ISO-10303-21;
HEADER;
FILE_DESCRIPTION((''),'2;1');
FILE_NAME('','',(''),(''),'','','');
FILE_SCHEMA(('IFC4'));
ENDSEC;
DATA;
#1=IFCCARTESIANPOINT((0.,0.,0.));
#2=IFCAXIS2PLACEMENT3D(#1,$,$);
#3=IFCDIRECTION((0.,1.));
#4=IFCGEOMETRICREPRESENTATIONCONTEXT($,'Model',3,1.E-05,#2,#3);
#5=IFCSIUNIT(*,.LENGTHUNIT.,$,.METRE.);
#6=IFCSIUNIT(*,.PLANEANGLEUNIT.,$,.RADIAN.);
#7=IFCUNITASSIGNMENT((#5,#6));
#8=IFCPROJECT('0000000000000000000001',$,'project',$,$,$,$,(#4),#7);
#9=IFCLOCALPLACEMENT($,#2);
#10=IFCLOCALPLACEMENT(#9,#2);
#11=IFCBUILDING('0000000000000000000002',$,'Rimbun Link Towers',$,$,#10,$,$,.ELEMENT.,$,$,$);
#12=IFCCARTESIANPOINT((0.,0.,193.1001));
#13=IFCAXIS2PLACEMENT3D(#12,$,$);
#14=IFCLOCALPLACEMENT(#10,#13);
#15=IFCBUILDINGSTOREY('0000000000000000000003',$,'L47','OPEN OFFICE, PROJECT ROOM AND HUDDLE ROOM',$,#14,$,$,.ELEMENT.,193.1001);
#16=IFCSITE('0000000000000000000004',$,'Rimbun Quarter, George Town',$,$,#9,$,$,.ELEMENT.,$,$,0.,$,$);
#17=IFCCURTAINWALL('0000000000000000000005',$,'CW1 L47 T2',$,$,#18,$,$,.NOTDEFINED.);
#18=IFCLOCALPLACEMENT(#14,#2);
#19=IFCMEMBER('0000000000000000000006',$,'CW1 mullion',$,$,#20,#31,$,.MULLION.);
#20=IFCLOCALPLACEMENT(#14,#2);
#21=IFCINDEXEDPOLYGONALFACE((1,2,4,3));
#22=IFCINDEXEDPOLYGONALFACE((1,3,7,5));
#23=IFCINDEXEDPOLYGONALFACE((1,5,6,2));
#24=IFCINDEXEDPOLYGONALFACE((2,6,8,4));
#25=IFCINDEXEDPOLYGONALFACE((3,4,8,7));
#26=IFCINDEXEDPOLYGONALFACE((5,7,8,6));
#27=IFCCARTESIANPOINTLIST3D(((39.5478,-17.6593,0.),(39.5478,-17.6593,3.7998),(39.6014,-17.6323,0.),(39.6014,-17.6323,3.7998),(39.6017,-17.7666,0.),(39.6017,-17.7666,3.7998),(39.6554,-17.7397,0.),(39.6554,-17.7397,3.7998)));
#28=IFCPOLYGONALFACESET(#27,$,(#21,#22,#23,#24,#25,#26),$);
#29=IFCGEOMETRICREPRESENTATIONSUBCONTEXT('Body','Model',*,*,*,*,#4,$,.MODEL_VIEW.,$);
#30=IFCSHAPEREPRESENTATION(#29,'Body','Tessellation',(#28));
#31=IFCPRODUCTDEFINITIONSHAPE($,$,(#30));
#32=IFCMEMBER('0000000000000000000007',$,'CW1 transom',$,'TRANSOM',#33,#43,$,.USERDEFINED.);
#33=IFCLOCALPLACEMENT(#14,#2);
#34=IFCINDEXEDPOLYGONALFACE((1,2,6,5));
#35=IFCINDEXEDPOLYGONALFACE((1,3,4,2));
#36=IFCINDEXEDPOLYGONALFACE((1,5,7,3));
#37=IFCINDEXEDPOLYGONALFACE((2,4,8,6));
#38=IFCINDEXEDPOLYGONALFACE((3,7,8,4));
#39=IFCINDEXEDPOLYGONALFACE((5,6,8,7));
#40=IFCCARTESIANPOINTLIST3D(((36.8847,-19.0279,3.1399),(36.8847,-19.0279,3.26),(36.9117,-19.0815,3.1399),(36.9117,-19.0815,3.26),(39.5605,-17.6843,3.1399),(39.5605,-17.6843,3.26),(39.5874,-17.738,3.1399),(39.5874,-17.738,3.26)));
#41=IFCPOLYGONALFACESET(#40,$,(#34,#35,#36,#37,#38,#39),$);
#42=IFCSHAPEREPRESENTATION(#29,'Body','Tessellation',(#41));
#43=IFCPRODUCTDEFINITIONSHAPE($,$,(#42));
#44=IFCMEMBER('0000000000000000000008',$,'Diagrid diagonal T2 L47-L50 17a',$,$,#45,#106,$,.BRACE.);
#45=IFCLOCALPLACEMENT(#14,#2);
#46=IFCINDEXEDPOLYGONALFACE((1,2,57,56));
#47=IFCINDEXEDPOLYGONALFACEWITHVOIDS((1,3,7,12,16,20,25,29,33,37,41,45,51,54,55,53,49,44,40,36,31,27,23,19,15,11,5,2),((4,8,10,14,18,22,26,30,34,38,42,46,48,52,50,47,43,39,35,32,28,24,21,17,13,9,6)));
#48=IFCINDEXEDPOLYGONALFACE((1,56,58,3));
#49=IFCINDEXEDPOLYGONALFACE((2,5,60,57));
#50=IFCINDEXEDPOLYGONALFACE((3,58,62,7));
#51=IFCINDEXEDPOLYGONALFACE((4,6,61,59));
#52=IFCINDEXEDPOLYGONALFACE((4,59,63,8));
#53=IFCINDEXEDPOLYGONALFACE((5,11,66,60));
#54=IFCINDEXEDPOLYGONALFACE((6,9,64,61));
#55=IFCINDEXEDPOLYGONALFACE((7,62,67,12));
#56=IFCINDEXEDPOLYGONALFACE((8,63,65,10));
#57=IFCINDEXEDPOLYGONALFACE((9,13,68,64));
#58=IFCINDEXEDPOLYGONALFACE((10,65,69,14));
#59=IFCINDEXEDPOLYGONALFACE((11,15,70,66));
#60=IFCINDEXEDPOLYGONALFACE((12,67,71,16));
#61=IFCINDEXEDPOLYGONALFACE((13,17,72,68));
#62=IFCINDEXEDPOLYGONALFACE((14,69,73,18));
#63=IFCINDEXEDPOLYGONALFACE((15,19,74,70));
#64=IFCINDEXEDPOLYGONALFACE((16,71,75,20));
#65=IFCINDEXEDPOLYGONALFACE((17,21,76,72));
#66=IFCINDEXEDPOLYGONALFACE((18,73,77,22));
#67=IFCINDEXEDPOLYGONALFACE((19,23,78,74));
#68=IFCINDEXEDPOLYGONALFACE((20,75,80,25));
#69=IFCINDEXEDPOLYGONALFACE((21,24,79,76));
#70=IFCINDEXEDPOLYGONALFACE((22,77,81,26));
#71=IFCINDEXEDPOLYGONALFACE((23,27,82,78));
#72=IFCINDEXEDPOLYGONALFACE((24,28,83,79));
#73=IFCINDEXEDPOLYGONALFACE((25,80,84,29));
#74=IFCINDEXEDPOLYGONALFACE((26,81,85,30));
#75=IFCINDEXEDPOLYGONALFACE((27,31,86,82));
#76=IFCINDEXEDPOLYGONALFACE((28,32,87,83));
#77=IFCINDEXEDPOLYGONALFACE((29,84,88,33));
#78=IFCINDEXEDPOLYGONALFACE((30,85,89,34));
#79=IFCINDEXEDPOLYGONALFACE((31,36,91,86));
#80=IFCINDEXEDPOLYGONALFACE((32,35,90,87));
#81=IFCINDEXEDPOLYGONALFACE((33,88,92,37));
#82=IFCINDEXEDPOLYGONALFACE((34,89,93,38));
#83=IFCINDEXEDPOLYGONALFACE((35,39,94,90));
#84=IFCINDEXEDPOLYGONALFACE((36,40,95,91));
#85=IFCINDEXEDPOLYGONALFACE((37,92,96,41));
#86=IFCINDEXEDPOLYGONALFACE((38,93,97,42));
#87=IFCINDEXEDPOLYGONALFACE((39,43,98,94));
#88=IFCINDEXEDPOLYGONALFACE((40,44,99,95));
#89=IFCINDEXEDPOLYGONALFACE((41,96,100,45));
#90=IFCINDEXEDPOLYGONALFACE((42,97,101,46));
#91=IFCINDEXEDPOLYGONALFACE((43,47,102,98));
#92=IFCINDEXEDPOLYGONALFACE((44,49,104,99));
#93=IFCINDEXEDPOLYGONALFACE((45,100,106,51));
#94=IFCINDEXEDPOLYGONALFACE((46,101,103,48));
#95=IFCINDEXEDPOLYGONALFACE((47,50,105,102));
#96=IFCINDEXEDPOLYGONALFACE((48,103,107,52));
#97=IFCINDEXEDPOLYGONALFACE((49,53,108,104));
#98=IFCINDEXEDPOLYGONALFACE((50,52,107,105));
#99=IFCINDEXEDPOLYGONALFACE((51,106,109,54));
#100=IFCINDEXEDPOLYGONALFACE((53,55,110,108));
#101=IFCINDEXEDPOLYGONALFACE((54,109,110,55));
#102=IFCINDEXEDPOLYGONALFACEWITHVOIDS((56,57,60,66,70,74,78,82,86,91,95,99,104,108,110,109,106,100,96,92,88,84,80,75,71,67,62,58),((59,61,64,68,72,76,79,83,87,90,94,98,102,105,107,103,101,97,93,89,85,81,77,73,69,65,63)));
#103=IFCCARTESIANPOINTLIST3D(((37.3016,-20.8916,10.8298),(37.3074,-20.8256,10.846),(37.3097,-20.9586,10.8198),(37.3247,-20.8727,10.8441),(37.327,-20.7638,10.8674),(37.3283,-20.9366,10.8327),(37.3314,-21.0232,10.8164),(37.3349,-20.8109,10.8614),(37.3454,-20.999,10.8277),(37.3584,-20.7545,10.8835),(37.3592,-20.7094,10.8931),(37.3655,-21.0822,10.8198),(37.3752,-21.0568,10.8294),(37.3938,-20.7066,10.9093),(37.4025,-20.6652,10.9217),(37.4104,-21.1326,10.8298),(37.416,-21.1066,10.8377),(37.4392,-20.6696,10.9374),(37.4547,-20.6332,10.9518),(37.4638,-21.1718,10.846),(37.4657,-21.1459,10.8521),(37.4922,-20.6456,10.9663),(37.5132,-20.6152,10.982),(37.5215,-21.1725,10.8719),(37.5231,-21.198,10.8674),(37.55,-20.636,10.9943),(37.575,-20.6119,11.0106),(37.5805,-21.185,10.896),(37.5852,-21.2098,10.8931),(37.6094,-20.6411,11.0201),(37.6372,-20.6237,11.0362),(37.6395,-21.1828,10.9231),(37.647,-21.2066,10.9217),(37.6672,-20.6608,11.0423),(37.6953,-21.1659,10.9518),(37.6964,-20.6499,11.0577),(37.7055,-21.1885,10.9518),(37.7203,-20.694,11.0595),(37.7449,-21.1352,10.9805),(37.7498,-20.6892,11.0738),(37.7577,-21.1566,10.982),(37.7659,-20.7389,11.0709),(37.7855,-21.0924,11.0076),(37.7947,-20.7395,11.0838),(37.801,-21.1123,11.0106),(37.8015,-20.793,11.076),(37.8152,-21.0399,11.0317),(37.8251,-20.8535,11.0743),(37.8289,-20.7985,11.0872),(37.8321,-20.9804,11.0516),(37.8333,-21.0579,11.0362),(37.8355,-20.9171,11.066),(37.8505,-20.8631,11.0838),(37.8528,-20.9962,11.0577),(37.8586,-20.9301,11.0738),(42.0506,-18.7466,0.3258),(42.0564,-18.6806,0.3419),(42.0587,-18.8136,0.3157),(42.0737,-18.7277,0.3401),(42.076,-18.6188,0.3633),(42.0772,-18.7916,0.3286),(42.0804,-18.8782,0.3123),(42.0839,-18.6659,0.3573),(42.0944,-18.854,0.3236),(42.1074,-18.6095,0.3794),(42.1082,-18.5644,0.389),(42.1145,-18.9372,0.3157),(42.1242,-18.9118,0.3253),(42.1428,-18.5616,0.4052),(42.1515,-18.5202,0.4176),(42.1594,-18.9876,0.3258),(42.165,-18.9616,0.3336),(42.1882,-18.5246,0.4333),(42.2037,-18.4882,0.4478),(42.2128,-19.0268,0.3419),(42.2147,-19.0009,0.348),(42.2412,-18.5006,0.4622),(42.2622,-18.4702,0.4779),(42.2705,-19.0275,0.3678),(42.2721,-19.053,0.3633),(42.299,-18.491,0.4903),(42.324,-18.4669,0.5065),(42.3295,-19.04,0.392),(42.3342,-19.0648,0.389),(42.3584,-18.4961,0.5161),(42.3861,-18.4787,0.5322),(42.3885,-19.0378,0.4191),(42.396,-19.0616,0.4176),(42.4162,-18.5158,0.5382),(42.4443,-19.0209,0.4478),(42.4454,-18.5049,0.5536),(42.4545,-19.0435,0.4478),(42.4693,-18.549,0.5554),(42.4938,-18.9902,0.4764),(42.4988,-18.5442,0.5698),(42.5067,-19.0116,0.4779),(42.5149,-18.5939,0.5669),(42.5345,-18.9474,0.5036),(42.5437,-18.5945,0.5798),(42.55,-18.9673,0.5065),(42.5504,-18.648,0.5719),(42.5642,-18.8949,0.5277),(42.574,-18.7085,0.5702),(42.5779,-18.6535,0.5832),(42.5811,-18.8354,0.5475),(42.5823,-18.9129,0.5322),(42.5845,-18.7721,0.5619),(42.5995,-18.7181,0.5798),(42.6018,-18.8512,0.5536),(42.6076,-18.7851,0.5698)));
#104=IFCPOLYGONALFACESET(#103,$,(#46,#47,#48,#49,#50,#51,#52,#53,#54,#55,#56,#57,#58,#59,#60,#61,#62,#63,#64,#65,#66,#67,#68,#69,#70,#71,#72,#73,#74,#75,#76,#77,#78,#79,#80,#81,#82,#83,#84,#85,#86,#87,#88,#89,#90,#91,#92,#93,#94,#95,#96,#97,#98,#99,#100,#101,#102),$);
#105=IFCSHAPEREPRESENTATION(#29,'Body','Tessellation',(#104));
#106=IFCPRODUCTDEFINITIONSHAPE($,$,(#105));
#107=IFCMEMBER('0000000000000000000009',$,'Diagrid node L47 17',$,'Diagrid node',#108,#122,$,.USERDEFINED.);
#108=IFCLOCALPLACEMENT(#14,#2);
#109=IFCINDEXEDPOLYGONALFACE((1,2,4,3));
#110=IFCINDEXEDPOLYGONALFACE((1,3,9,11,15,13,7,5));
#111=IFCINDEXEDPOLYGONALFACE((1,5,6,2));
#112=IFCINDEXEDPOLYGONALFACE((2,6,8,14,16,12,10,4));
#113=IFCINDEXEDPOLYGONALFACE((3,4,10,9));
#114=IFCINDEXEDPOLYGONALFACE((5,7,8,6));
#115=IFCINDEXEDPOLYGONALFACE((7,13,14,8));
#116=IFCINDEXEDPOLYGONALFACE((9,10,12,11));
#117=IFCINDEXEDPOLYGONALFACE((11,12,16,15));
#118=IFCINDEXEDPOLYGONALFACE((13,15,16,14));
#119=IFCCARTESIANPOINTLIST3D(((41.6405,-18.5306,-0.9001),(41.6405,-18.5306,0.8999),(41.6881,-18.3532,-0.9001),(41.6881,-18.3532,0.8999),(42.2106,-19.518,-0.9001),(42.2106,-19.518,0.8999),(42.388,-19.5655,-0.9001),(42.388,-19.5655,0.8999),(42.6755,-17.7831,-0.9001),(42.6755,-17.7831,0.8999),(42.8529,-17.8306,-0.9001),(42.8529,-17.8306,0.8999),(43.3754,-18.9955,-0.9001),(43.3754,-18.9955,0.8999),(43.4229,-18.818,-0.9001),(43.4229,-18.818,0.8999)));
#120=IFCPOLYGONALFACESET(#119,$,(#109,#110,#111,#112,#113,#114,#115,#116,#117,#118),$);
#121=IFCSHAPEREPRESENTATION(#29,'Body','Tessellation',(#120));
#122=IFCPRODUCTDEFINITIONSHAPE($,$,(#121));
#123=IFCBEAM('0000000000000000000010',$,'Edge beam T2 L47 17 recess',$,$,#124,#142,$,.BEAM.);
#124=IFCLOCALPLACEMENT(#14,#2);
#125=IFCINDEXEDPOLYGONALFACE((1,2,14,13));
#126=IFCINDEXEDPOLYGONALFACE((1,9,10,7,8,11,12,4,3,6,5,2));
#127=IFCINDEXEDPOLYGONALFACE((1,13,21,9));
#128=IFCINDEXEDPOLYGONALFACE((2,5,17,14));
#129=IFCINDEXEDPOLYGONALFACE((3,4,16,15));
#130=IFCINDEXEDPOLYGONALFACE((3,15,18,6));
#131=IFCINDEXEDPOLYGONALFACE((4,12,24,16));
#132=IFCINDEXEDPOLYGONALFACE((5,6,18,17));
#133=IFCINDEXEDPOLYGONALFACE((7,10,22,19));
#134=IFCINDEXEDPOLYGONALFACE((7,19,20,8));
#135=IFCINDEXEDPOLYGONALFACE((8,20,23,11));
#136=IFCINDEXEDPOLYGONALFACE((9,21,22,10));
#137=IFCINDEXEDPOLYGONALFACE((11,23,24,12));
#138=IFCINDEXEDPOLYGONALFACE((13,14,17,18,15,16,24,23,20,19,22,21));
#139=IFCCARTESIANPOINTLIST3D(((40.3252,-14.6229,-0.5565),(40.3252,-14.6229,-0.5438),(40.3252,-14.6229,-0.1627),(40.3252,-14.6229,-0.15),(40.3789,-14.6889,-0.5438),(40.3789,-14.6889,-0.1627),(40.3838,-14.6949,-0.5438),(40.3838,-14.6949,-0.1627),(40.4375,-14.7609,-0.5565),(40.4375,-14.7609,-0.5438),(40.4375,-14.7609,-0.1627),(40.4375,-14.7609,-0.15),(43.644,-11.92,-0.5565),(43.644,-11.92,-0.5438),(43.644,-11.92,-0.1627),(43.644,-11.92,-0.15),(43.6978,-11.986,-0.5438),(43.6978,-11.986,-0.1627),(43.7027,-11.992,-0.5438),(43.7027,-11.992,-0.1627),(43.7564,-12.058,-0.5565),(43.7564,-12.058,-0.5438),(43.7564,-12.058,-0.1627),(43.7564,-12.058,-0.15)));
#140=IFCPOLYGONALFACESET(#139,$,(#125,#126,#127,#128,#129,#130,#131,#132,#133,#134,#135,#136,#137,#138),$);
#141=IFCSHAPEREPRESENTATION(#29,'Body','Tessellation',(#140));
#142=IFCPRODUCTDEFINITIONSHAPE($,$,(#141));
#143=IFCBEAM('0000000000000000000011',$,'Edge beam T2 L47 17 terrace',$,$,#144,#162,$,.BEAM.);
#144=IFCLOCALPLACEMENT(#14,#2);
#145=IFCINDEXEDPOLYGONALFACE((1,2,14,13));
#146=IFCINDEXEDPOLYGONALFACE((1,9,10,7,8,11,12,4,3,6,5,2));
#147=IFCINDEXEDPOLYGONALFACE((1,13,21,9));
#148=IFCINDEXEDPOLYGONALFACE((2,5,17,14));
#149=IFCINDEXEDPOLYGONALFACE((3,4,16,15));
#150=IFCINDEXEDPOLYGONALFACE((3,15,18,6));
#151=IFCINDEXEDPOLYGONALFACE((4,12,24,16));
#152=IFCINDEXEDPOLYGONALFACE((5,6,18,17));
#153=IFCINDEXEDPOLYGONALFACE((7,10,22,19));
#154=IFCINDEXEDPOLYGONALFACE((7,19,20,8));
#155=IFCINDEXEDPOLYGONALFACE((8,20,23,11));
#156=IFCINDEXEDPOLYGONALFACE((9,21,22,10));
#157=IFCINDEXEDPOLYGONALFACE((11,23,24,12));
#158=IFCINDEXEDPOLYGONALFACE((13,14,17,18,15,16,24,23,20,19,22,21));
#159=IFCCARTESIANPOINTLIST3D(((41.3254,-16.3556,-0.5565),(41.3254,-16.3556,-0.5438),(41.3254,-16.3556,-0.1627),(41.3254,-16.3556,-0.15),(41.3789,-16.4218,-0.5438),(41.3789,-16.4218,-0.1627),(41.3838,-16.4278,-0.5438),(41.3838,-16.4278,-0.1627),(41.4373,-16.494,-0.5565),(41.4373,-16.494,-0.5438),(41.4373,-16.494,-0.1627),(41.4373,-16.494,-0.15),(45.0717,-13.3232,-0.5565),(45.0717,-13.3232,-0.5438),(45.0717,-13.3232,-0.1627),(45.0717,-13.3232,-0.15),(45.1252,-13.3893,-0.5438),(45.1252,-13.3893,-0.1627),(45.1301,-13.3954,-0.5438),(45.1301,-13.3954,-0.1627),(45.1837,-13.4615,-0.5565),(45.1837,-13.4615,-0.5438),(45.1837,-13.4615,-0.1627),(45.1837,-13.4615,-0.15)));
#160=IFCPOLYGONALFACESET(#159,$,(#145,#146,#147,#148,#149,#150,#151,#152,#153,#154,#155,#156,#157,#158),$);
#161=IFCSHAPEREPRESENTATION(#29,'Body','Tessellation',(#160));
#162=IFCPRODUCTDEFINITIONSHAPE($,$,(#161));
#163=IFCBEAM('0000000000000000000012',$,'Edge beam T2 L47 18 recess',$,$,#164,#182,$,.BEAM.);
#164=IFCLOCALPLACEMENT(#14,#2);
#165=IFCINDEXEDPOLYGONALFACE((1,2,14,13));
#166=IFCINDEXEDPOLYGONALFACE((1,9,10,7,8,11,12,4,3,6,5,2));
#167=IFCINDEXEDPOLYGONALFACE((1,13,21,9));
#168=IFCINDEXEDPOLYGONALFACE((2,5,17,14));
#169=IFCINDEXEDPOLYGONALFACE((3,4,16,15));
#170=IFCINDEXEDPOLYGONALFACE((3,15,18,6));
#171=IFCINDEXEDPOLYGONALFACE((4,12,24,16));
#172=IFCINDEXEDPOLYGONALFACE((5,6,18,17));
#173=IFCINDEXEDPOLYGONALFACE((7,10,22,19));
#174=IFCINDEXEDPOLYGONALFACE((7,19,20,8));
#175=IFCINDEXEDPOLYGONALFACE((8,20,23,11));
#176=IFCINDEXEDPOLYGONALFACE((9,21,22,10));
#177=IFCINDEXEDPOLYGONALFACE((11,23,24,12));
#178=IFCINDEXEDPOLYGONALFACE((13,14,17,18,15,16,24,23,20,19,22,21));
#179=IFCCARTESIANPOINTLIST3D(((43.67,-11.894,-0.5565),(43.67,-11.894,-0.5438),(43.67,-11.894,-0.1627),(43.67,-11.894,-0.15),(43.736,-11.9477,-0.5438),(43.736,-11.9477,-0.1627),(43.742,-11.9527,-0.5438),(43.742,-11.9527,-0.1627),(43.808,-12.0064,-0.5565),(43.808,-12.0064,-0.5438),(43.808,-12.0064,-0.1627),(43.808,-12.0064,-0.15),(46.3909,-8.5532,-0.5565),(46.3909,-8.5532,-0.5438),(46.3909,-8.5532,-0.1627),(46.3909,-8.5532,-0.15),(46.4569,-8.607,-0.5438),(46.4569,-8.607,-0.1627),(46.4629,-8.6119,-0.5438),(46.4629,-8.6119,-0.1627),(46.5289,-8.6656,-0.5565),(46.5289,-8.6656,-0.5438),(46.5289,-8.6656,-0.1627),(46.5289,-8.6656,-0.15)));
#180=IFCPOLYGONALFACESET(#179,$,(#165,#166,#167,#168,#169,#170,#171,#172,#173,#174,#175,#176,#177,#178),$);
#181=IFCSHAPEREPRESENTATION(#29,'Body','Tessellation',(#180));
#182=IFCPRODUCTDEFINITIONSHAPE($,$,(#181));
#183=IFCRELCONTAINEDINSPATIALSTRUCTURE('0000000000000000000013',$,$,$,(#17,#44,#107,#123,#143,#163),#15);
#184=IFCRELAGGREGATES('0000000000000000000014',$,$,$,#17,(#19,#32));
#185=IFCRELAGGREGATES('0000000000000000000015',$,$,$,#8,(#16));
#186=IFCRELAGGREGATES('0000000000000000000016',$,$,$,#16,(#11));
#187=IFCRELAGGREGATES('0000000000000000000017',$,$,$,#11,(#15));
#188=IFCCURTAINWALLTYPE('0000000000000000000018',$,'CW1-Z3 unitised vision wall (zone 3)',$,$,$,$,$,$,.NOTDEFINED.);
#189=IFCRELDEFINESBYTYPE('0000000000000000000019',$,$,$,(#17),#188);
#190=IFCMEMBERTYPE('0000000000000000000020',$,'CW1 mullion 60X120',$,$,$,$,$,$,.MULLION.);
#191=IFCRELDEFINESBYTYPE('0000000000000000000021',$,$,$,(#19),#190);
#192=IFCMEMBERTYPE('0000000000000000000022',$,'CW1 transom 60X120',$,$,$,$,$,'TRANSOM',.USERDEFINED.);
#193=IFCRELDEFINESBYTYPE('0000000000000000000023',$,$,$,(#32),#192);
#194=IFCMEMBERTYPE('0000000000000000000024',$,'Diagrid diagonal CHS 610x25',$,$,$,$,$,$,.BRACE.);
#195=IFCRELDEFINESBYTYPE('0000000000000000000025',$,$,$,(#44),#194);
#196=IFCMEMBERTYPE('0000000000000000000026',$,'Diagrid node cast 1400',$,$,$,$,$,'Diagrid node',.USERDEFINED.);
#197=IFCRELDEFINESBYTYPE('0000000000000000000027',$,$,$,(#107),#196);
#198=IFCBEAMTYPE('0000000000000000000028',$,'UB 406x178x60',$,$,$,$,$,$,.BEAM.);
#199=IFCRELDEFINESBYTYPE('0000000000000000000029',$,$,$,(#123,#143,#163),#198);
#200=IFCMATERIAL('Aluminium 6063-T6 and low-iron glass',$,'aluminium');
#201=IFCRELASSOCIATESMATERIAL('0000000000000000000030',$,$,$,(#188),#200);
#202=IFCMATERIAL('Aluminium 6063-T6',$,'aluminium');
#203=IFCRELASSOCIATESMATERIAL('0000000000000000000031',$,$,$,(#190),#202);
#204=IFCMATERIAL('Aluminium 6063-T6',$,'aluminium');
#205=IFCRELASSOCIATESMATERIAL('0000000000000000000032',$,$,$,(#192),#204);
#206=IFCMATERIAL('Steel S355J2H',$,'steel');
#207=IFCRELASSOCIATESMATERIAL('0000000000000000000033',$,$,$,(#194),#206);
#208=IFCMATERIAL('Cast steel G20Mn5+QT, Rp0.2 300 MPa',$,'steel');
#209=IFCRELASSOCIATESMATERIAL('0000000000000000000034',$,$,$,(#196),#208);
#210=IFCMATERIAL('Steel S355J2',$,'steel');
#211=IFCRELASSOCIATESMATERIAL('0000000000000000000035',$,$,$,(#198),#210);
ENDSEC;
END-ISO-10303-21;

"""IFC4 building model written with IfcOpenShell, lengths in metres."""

from ifc_helpers import new_model, si_unit, direction, frame, origin, origin_2d, place, context, subcontext, project, spatial, polyline, rectangle, hollow_circle, i_section, outline, extrude, material, material_profile, profile_set, type_object, element, aggregate, save


model = new_model("IFC4")

# Units and contexts
model_context = context("Model", 3, precision=1e-05, world=origin(), true_north=direction((0.0, 1.0)))
body_context = subcontext(model_context, "Body", "Model", "MODEL_VIEW")
ifc_project = project(units=[si_unit("LENGTHUNIT", "METRE"), si_unit("PLANEANGLEUNIT", "RADIAN")], contexts=[model_context])

# Site, building, storey
site_placement = place(None, origin())
site = spatial("IfcSite", under=ifc_project, at=site_placement, Name="Rimbun Quarter, George Town", CompositionType="ELEMENT", RefElevation=0.0)
building_placement = place(site_placement, origin())
building = spatial("IfcBuilding", under=site, at=building_placement, Name="Rimbun Link Towers", CompositionType="ELEMENT")
storey_placement = place(building_placement, frame((0.0, 0.0, 193.1001)))
storey = spatial("IfcBuildingStorey", under=building, at=storey_placement, Name="L47", Description="OPEN OFFICE, PROJECT ROOM AND HUDDLE ROOM", CompositionType="ELEMENT", Elevation=193.1001)

# Curtain wall, members
ifc_material_1 = material(Name="Aluminium 6063-T6 and low-iron glass", Category="aluminium")
curtain_wall_type = type_object("IfcCurtainWallType", Name="CW1-Z3 unitised vision wall (zone 3)", PredefinedType="NOTDEFINED", material=ifc_material_1)
curtain_wall_placement = place(storey_placement, origin())
curtain_wall = element("IfcCurtainWall", 1, at=curtain_wall_placement, inside=storey, type_object=curtain_wall_type, Name="CW1 L47 T2", PredefinedType="NOTDEFINED")
ifc_material_2 = material(Name="Aluminium 6063-T6", Category="aluminium")
ifc_material_profile_1 = material_profile(ifc_material_2, rectangle(XDim=0.1201, YDim=0.0601, at=origin_2d()), Name="MULLION 60X120")
ifc_profile_set_1 = profile_set([ifc_material_profile_1], Name="Aluminium 6063-T6")
member_type_1 = type_object("IfcMemberType", Name="CW1 mullion 60X120", PredefinedType="MULLION", material=ifc_profile_set_1)
member_1_placement = place(storey_placement, frame((39.6016, -17.6995, 0.0), z_axis=(0.0, 0.0, 1.0), x_axis=(0.448772, -0.893646, 0.0)))
member_1 = element("IfcMember", 2, at=member_1_placement, type_object=member_type_1, Name="CW1 mullion", PredefinedType="MULLION", context=body_context, shape_type="SweptSolid", body=[
    extrude(rectangle(XDim=0.1201, YDim=0.0601, at=origin_2d()), origin(), (0.0, 0.0, 1.0), 3.7998),
])
ifc_material_3 = material(Name="Aluminium 6063-T6", Category="aluminium")
ifc_material_profile_2 = material_profile(ifc_material_3, rectangle(XDim=0.0601, YDim=0.1201, at=origin_2d()), Name="TRANSOM 60X120")
ifc_profile_set_2 = profile_set([ifc_material_profile_2], Name="Aluminium 6063-T6")
member_type_2 = type_object("IfcMemberType", Name="CW1 transom 60X120", ElementType="TRANSOM", PredefinedType="USERDEFINED", material=ifc_profile_set_2)
member_2_placement = place(storey_placement, frame((39.574, -17.7112, 3.2), z_axis=(-0.893676, -0.448713, 0.0), x_axis=(0.448713, -0.893676, 0.0)))
member_2 = element("IfcMember", 3, at=member_2_placement, type_object=member_type_2, Name="CW1 transom", ObjectType="TRANSOM", PredefinedType="USERDEFINED", context=body_context, shape_type="SweptSolid", body=[
    extrude(rectangle(XDim=0.0601, YDim=0.1201, at=origin_2d()), origin(), (0.0, 0.0, 1.0), 2.9941),
])

# Members
ifc_material_4 = material(Name="Steel S355J2H", Category="steel")
ifc_material_profile_3 = material_profile(ifc_material_4, hollow_circle(Radius=0.3047, WallThickness=0.0249, at=origin_2d()), Name="Diagrid diagonal CHS 610x25")
ifc_profile_set_3 = profile_set([ifc_material_profile_3], Name="Steel S355J2H")
member_type_3 = type_object("IfcMemberType", Name="Diagrid diagonal CHS 610x25", PredefinedType="BRACE", material=ifc_profile_set_3)
member_3_placement = place(storey_placement, frame((42.3291, -18.7659, 0.4478), z_axis=(-0.405011, -0.182934, 0.895825), x_axis=(0.411634, -0.911349, 0.0)))
element("IfcMember", 4, at=member_3_placement, inside=storey, type_object=member_type_3, Name="Diagrid diagonal T2 L47-L50 17a", PredefinedType="BRACE", context=body_context, shape_type="SweptSolid", body=[
    extrude(hollow_circle(Radius=0.3047, WallThickness=0.0249, at=origin_2d()), origin(), (0.0, 0.0, 1.0), 11.7256),
])
ifc_material_5 = material(Name="Cast steel G20Mn5+QT, Rp0.2 300 MPa", Category="steel")
ifc_material_profile_4 = material_profile(ifc_material_5, outline(polyline([(0.7, -0.5701), (0.7, 0.5701), (0.5701, 0.7), (-0.5701, 0.7), (-0.7, 0.5701), (-0.7, -0.5701), (-0.5701, -0.7), (0.5701, -0.7), (0.7, -0.5701)])), Name="NODE 1400x1400")
ifc_profile_set_4 = profile_set([ifc_material_profile_4], Name="Cast steel G20Mn5+QT, Rp0.2 300 MPa")
member_type_4 = type_object("IfcMemberType", Name="Diagrid node cast 1400", ElementType="Diagrid node", PredefinedType="USERDEFINED", material=ifc_profile_set_4)
member_4_placement = place(storey_placement, frame((42.5317, -18.6743, -0.9001), z_axis=(0.0, 0.0, 1.0), x_axis=(0.5, -0.866025, 0.0)))
element("IfcMember", 5, at=member_4_placement, inside=storey, type_object=member_type_4, Name="Diagrid node L47 17", ObjectType="Diagrid node", PredefinedType="USERDEFINED", context=body_context, shape_type="SweptSolid", body=[
    extrude(outline(polyline([(0.7, -0.5701), (0.7, 0.5701), (0.5701, 0.7), (-0.5701, 0.7), (-0.7, 0.5701), (-0.7, -0.5701), (-0.5701, -0.7), (0.5701, -0.7), (0.7, -0.5701)])), origin(), (0.0, 0.0, 1.0), 1.8),
])

# Beams
ifc_material_6 = material(Name="Steel S355J2", Category="steel")
ifc_material_profile_5 = material_profile(ifc_material_6, i_section(OverallWidth=0.178, OverallDepth=0.4065, WebThickness=0.0078, FlangeThickness=0.0127, at=origin_2d()), Name="UB 406x178x60")
ifc_profile_set_5 = profile_set([ifc_material_profile_5], Name="Steel S355J2")
beam_type = type_object("IfcBeamType", Name="UB 406x178x60", PredefinedType="BEAM", material=ifc_profile_set_5)
beam_1_placement = place(storey_placement, frame((40.3813, -14.6919, -0.3533), z_axis=(0.775391, 0.631481, 0.0), x_axis=(-0.631481, 0.775391, 0.0)))
element("IfcBeam", 6, at=beam_1_placement, inside=storey, type_object=beam_type, Name="Edge beam T2 L47 17 recess", PredefinedType="BEAM", context=body_context, shape_type="SweptSolid", body=[
    extrude(i_section(OverallWidth=0.178, OverallDepth=0.4065, WebThickness=0.0078, FlangeThickness=0.0127, at=origin_2d()), origin(), (0.0, 0.0, 1.0), 4.2803),
])
beam_2_placement = place(storey_placement, frame((41.3813, -16.4248, -0.3533), z_axis=(0.777273, 0.629163, 0.0), x_axis=(-0.629163, 0.777273, 0.0)))
element("IfcBeam", 7, at=beam_2_placement, inside=storey, type_object=beam_type, Name="Edge beam T2 L47 17 terrace", PredefinedType="BEAM", context=body_context, shape_type="SweptSolid", body=[
    extrude(i_section(OverallWidth=0.178, OverallDepth=0.4065, WebThickness=0.0078, FlangeThickness=0.0127, at=origin_2d()), origin(), (0.0, 0.0, 1.0), 4.8198),
])
beam_3_placement = place(storey_placement, frame((43.739, -11.9502, -0.3533), z_axis=(0.631505, 0.775372, 0.0), x_axis=(-0.775372, 0.631505, 0.0)))
element("IfcBeam", 8, at=beam_3_placement, inside=storey, type_object=beam_type, Name="Edge beam T2 L47 18 recess", PredefinedType="BEAM", context=body_context, shape_type="SweptSolid", body=[
    extrude(i_section(OverallWidth=0.178, OverallDepth=0.4065, WebThickness=0.0078, FlangeThickness=0.0127, at=origin_2d()), origin(), (0.0, 0.0, 1.0), 4.3086),
])

aggregate(curtain_wall, [member_1, member_2])

save(model, "model.ifc")
